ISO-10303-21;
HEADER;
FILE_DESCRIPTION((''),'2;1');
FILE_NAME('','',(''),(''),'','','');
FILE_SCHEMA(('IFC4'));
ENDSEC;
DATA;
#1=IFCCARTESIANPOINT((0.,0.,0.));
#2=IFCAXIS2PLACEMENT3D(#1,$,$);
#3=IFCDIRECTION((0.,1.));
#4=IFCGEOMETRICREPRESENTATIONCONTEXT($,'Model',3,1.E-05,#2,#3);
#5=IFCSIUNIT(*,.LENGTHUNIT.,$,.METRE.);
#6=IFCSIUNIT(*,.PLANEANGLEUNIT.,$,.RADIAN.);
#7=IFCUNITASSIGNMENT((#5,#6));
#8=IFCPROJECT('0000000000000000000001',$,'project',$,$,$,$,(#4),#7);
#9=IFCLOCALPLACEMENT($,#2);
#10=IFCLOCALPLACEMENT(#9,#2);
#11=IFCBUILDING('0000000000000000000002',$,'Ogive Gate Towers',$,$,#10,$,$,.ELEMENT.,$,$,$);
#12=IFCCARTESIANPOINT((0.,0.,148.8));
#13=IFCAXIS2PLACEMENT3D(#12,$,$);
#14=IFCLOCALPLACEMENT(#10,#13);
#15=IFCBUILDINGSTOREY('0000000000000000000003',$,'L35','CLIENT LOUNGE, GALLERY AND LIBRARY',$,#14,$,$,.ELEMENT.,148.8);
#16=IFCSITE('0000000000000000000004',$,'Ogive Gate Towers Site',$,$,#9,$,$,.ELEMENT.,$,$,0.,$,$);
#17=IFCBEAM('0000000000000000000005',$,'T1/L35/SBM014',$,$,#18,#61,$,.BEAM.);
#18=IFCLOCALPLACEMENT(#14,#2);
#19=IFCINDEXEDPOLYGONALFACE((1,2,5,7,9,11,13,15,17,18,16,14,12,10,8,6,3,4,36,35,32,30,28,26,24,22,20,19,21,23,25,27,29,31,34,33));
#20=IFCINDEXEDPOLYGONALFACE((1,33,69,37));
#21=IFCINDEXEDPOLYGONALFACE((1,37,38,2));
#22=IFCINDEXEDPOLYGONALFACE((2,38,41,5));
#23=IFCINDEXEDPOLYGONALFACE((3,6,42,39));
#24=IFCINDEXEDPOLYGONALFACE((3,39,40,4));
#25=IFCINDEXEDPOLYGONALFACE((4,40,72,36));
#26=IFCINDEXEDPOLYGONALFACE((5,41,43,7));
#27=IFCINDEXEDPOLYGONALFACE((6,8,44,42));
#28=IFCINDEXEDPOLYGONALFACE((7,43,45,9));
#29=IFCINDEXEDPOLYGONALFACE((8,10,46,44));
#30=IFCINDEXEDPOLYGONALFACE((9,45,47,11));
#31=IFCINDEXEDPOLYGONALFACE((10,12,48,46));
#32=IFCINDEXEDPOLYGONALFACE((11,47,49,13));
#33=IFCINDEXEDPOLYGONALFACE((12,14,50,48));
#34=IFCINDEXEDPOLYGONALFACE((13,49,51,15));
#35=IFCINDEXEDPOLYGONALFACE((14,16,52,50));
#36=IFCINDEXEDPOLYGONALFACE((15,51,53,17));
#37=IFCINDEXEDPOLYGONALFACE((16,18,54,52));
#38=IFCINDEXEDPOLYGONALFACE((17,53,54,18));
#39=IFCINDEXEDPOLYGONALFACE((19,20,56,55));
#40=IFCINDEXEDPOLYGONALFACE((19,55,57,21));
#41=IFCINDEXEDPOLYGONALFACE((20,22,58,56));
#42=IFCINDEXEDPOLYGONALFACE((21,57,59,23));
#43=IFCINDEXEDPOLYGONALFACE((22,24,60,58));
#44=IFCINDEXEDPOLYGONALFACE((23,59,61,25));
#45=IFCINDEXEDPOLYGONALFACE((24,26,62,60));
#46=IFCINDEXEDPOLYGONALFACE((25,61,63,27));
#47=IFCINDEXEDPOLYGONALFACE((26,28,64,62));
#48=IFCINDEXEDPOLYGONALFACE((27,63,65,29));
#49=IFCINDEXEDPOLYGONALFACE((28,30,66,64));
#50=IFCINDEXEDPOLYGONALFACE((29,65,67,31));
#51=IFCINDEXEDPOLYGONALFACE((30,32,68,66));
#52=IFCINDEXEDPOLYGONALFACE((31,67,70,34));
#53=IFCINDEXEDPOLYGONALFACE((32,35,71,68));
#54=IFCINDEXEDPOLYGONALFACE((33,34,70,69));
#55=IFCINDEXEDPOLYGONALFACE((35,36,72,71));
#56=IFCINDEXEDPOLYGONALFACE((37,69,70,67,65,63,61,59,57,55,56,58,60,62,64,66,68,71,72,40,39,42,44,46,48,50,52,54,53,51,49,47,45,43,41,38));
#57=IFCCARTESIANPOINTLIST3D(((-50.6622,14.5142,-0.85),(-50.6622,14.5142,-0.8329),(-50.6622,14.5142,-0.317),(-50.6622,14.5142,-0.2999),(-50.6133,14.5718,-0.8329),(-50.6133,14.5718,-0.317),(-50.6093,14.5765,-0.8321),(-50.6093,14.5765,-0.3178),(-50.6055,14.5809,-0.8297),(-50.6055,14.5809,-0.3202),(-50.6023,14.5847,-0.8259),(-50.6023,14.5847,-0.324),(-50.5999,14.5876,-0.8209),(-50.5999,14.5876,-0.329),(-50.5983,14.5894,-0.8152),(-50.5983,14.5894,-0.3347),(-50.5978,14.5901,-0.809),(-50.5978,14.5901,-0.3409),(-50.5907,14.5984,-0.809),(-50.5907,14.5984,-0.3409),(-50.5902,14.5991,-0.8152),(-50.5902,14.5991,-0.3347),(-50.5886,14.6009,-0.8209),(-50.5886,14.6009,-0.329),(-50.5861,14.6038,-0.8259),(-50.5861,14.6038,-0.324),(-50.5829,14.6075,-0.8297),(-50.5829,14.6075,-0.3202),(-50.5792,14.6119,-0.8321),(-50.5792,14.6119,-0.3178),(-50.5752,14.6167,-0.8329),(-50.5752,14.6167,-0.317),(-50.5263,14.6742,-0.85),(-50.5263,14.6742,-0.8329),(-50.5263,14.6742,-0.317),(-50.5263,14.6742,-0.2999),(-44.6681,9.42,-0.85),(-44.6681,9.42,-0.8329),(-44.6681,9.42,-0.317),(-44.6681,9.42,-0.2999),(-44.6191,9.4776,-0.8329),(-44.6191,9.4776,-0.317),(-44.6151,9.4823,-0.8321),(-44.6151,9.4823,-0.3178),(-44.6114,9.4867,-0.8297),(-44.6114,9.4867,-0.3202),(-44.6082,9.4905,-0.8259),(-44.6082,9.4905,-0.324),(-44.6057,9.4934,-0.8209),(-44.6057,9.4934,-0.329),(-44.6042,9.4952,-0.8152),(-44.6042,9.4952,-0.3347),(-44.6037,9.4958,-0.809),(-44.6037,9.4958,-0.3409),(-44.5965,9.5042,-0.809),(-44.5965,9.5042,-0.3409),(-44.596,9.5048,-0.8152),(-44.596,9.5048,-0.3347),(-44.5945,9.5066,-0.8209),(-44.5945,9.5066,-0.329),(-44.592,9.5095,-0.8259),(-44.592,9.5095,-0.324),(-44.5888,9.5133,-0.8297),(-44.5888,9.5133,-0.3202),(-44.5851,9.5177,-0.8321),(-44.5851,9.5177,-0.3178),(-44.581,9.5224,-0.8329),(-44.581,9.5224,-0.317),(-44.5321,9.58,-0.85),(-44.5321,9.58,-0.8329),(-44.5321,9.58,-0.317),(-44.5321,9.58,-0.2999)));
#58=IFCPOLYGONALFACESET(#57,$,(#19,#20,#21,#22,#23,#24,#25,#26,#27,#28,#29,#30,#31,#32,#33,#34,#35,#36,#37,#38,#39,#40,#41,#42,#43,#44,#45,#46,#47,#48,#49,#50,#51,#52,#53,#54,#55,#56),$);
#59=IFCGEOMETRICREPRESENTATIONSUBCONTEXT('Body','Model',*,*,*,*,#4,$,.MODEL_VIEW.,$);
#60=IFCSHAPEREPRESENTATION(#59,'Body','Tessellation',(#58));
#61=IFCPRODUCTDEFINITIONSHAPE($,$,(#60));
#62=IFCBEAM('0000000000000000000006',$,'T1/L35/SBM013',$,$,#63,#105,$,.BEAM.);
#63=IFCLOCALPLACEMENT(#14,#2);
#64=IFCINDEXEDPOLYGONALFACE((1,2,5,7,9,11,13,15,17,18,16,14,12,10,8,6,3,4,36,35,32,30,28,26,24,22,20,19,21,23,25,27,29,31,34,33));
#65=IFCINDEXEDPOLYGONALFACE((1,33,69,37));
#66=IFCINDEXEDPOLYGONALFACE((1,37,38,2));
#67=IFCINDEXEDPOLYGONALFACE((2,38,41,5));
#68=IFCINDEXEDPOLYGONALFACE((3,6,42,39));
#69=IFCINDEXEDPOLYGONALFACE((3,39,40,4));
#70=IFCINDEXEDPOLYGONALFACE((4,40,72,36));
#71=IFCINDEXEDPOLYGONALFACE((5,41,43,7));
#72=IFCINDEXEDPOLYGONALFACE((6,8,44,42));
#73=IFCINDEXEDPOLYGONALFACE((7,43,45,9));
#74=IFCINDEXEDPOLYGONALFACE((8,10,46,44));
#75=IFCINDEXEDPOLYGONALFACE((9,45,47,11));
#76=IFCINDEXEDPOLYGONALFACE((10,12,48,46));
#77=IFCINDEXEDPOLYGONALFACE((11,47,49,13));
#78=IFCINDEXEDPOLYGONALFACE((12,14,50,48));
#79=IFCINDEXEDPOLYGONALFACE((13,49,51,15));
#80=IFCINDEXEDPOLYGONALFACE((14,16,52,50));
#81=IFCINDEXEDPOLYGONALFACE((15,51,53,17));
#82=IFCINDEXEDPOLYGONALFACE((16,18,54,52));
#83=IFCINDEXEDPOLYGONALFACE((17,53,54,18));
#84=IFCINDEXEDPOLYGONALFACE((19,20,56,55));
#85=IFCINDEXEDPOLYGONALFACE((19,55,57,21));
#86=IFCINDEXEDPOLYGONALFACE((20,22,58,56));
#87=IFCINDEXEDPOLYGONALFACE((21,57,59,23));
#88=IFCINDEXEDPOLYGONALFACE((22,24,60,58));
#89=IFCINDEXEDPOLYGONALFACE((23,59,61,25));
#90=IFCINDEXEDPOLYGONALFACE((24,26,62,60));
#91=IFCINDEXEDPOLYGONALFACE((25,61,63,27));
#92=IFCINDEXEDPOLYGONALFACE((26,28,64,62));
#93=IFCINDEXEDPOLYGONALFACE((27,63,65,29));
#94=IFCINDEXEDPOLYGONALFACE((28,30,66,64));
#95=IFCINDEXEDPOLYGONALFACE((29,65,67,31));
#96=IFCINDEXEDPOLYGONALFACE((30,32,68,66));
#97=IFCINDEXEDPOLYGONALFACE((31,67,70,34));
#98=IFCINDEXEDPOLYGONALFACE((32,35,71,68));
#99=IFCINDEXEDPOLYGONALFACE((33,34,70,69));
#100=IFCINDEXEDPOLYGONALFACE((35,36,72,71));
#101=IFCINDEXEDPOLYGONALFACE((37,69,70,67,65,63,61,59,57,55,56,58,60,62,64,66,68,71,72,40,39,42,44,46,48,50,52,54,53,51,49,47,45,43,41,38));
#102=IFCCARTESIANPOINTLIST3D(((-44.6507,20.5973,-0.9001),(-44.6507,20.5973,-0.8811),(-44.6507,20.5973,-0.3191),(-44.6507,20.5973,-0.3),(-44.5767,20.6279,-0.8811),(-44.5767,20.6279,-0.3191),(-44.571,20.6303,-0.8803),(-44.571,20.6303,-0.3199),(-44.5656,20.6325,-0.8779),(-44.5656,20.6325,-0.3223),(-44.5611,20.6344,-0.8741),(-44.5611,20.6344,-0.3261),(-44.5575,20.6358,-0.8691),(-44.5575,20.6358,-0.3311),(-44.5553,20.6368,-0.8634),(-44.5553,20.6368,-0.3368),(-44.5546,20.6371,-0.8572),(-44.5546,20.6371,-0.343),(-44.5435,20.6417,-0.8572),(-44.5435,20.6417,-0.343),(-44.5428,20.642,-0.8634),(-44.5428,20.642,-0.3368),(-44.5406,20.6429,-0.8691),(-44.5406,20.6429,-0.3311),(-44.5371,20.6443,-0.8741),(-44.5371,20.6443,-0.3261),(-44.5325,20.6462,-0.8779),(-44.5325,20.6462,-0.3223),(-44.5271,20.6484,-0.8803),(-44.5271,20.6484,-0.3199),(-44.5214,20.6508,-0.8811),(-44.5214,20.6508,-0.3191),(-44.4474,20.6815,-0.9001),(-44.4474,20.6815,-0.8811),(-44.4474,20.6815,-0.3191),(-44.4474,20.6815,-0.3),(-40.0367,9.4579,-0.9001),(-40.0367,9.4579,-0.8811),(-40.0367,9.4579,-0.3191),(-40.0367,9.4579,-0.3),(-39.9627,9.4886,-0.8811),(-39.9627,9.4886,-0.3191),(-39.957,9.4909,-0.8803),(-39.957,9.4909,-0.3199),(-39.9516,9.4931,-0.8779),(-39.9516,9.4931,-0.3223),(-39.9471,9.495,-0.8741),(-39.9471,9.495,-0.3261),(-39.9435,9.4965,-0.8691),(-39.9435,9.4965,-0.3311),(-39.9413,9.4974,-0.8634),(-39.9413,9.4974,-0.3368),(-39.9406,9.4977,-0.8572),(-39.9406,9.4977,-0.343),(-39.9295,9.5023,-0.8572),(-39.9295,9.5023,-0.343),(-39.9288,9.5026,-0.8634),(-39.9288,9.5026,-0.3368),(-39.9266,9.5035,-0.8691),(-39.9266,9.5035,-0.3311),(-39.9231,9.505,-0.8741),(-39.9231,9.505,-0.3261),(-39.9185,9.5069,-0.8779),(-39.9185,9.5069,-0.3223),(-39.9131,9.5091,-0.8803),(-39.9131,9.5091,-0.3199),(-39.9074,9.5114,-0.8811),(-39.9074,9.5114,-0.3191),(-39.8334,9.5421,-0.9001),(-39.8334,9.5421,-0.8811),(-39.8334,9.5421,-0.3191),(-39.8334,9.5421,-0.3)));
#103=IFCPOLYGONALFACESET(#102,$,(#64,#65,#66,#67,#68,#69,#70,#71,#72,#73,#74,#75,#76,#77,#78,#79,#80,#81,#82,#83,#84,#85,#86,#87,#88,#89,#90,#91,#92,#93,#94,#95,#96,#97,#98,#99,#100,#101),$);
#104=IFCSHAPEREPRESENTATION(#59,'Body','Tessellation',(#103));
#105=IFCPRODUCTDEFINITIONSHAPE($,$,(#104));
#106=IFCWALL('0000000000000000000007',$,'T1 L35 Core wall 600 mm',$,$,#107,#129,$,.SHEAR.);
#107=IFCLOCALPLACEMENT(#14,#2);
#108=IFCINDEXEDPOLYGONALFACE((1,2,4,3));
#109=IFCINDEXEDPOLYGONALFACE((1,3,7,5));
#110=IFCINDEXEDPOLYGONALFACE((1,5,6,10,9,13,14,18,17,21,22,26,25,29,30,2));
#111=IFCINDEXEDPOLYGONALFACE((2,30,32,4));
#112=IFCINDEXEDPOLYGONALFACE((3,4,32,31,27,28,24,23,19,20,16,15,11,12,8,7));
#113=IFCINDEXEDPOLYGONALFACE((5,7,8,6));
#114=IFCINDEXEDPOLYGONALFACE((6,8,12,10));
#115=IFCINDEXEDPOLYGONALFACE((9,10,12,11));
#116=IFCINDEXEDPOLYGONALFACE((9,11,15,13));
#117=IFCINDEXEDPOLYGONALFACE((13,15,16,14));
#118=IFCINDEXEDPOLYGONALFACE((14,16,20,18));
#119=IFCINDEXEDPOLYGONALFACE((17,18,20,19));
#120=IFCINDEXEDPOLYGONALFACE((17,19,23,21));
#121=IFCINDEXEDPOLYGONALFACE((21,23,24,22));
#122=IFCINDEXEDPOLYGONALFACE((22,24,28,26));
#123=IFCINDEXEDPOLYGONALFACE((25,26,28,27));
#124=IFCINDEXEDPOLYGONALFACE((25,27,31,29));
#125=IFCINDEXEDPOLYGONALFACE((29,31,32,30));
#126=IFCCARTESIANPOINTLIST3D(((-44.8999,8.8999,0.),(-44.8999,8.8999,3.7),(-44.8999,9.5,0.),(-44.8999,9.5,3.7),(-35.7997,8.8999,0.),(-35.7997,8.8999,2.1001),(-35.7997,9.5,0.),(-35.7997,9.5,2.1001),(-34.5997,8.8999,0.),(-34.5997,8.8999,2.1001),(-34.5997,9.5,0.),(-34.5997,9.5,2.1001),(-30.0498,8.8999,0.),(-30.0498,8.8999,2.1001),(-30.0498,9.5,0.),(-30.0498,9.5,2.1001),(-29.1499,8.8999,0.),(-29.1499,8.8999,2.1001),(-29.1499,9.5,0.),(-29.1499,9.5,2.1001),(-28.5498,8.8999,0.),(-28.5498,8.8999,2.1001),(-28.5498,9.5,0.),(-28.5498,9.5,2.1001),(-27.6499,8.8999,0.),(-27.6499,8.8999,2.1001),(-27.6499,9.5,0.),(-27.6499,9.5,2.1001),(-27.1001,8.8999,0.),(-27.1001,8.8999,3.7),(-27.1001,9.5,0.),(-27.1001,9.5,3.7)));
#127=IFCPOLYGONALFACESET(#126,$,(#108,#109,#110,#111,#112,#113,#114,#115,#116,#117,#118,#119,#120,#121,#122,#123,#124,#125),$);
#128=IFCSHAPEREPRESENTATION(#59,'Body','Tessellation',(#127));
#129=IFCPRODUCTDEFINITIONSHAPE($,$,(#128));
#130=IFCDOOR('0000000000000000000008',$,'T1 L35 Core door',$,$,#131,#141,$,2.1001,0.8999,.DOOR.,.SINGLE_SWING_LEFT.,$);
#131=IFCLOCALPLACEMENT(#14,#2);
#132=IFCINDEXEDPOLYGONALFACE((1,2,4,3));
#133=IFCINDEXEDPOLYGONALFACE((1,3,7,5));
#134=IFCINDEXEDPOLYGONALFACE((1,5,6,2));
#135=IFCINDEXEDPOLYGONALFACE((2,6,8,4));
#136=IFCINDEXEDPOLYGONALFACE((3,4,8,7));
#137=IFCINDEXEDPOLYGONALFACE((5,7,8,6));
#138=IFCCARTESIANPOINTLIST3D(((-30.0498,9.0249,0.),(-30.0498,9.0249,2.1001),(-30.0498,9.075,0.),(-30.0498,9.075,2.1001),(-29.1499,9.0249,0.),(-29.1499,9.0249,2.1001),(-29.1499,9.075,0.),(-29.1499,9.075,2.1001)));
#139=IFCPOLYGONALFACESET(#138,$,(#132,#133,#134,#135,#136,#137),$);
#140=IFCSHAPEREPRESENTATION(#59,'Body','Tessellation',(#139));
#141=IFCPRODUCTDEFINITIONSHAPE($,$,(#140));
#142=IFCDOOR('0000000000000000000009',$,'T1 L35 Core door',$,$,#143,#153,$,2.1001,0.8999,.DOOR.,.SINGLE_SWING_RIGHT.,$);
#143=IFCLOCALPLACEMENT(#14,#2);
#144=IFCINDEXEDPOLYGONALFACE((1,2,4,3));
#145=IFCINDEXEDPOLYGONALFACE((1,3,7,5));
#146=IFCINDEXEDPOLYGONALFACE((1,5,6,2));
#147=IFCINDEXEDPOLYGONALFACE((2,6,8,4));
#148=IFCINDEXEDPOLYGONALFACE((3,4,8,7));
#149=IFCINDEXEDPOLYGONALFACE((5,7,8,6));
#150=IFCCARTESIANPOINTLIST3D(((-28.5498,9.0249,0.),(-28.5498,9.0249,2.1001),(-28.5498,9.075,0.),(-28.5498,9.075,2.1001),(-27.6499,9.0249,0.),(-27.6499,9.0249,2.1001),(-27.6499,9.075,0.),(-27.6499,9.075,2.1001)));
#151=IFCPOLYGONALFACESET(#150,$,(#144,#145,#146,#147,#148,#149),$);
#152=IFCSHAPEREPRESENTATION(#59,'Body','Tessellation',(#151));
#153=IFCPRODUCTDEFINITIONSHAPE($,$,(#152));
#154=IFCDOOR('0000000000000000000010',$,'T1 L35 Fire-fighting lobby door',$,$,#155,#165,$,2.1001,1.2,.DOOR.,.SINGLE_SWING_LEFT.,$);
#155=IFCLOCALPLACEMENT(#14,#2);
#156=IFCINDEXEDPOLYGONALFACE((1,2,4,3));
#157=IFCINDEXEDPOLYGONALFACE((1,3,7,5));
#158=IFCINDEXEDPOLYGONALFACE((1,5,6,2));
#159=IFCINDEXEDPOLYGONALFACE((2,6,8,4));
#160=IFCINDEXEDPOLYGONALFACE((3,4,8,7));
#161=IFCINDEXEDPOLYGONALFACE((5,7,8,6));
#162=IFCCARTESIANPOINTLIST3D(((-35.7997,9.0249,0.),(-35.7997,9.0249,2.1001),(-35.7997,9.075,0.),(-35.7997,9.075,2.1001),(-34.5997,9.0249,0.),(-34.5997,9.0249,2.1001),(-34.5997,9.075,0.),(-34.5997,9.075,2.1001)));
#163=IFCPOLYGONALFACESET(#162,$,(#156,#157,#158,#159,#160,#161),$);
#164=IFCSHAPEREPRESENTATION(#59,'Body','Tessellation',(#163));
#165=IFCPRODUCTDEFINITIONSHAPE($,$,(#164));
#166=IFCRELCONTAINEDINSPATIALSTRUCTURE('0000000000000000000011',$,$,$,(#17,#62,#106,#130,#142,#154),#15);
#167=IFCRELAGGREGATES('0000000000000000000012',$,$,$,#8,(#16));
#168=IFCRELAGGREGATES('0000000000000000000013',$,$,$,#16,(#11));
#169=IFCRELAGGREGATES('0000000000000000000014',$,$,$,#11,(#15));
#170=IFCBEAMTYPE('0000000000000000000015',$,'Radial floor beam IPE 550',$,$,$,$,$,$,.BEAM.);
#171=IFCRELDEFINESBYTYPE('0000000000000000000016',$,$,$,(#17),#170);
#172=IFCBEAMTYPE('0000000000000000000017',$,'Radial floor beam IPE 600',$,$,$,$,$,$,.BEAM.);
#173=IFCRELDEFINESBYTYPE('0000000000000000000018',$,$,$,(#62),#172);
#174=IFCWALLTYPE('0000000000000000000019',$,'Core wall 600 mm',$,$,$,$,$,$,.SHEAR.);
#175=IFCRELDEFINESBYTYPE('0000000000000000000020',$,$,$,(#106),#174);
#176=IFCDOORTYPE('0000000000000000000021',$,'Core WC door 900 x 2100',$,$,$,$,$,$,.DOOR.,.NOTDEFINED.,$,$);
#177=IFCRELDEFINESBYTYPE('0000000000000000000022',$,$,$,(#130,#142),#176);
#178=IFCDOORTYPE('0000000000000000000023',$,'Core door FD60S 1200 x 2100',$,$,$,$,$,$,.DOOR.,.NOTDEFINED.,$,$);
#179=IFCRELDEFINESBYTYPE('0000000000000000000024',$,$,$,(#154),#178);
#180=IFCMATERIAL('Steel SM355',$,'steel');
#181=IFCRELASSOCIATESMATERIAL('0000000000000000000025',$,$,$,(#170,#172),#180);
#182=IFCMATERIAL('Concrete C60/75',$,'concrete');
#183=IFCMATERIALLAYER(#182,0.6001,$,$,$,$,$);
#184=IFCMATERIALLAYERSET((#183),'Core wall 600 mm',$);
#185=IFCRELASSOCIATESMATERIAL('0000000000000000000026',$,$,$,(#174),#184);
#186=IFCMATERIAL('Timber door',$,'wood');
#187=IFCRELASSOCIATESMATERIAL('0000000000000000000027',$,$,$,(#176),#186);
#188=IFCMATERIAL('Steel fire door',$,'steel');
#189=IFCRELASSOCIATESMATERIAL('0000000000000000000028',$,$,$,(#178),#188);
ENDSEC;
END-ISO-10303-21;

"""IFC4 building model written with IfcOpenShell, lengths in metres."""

from ifc_helpers import new_model, si_unit, direction, frame, frame_2d, origin, origin_2d, place, context, subcontext, project, spatial, rectangle, i_section, extrude, material, layer, layer_set, material_profile, profile_set, type_object, element, fill, save


model = new_model("IFC4")

# Units and contexts
model_context = context("Model", 3, precision=1e-05, world=origin(), true_north=direction((0.0, 1.0)))
body_context = subcontext(model_context, "Body", "Model", "MODEL_VIEW")
ifc_project = project(units=[si_unit("LENGTHUNIT", "METRE"), si_unit("PLANEANGLEUNIT", "RADIAN")], contexts=[model_context])

# Site, building, storey
site_placement = place(None, origin())
site = spatial("IfcSite", under=ifc_project, at=site_placement, Name="Ogive Gate Towers Site", CompositionType="ELEMENT", RefElevation=0.0)
building_placement = place(site_placement, origin())
building = spatial("IfcBuilding", under=site, at=building_placement, Name="Ogive Gate Towers", CompositionType="ELEMENT")
storey_placement = place(building_placement, frame((0.0, 0.0, 148.8)))
storey = spatial("IfcBuildingStorey", under=building, at=storey_placement, Name="L35", Description="CLIENT LOUNGE, GALLERY AND LIBRARY", CompositionType="ELEMENT", Elevation=148.8)

# Beams
ifc_material_1 = material(Name="Steel SM355", Category="steel")
ifc_material_profile_1 = material_profile(ifc_material_1, i_section(OverallWidth=0.21, OverallDepth=0.55, WebThickness=0.011, FlangeThickness=0.0171, FilletRadius=0.0239, at=origin_2d()), Name="IPE 550")
ifc_profile_set_1 = profile_set([ifc_material_profile_1], Name="Steel SM355")
beam_type_1 = type_object("IfcBeamType", Name="Radial floor beam IPE 550", PredefinedType="BEAM", material=ifc_profile_set_1)
beam_1_placement = place(storey_placement, frame((-44.6001, 9.5, -0.575), z_axis=(-0.761988, 0.647591, 0.0), x_axis=(-0.647591, -0.761988, 0.0)))
element("IfcBeam", 1, at=beam_1_placement, inside=storey, type_object=beam_type_1, Name="T1/L35/SBM014", PredefinedType="BEAM", context=body_context, shape_type="SweptSolid", body=[
    extrude(i_section(OverallWidth=0.21, OverallDepth=0.55, WebThickness=0.011, FlangeThickness=0.0171, FilletRadius=0.0239, at=origin_2d()), origin(), (0.0, 0.0, 1.0), 7.8665),
])
ifc_material_profile_2 = material_profile(ifc_material_1, i_section(OverallWidth=0.22, OverallDepth=0.6001, WebThickness=0.012, FlangeThickness=0.019, FilletRadius=0.0239, at=origin_2d()), Name="IPE 600")
ifc_profile_set_2 = profile_set([ifc_material_profile_2], Name="Steel SM355")
beam_type_2 = type_object("IfcBeamType", Name="Radial floor beam IPE 600", PredefinedType="BEAM", material=ifc_profile_set_2)
beam_2_placement = place(storey_placement, frame((-39.9351, 9.5, -0.6001), z_axis=(-0.382678, 0.923882, 0.0), x_axis=(-0.923882, -0.382678, 0.0)))
element("IfcBeam", 2, at=beam_2_placement, inside=storey, type_object=beam_type_2, Name="T1/L35/SBM013", PredefinedType="BEAM", context=body_context, shape_type="SweptSolid", body=[
    extrude(i_section(OverallWidth=0.22, OverallDepth=0.6001, WebThickness=0.012, FlangeThickness=0.019, FilletRadius=0.0239, at=origin_2d()), origin(), (0.0, 0.0, 1.0), 12.0571),
])

# Wall, openings, doors
ifc_material_2 = material(Name="Concrete C60/75", Category="concrete")
ifc_layer_1 = layer(ifc_material_2, 0.6001)
ifc_layer_set_1 = layer_set([ifc_layer_1], Name="Core wall 600 mm")
wall_type_1 = type_object("IfcWallType", Name="Core wall 600 mm", PredefinedType="SHEAR", material=ifc_layer_set_1)
wall_1_placement = place(storey_placement, frame((-44.8999, 9.2, 0.0), z_axis=(0.0, 0.0, 1.0), x_axis=(1.0, 0.0, 0.0)))
wall_1 = element("IfcWall", 3, at=wall_1_placement, inside=storey, type_object=wall_type_1, Name="T1 L35 Core wall 600 mm", PredefinedType="SHEAR", context=body_context, shape_type="SweptSolid", body=[
    extrude(rectangle(XDim=17.7998, YDim=0.6001, at=frame_2d((8.8999, 0.0))), origin(), (0.0, 0.0, 1.0), 3.7),
])
opening_1_placement = place(wall_1_placement, frame((9.1001, 0.0, 0.0)))
opening_1 = element("IfcOpeningElement", 4, at=opening_1_placement, cuts=wall_1, PredefinedType="OPENING", context=body_context, shape_type="SweptSolid", body=[
    extrude(rectangle(XDim=1.2, YDim=2.1001, at=frame_2d((0.6001, 1.05))), frame((0.0, 0.3101, 0.0), z_axis=(0.0, -1.0, 0.0), x_axis=(1.0, 0.0, 0.0)), (0.0, 0.0, 1.0), 0.6201),
])
opening_2_placement = place(wall_1_placement, frame((14.8501, 0.0, 0.0)))
opening_2 = element("IfcOpeningElement", 5, at=opening_2_placement, cuts=wall_1, PredefinedType="OPENING", context=body_context, shape_type="SweptSolid", body=[
    extrude(rectangle(XDim=0.8999, YDim=2.1001, at=frame_2d((0.45, 1.05))), frame((0.0, 0.3101, 0.0), z_axis=(0.0, -1.0, 0.0), x_axis=(1.0, 0.0, 0.0)), (0.0, 0.0, 1.0), 0.6201),
])
opening_3_placement = place(wall_1_placement, frame((16.3501, 0.0, 0.0)))
opening_3 = element("IfcOpeningElement", 6, at=opening_3_placement, cuts=wall_1, PredefinedType="OPENING", context=body_context, shape_type="SweptSolid", body=[
    extrude(rectangle(XDim=0.8999, YDim=2.1001, at=frame_2d((0.45, 1.05))), frame((0.0, 0.3101, 0.0), z_axis=(0.0, -1.0, 0.0), x_axis=(1.0, 0.0, 0.0)), (0.0, 0.0, 1.0), 0.6201),
])
ifc_material_3 = material(Name="Timber door", Category="wood")
door_type_1 = type_object("IfcDoorType", Name="Core WC door 900 x 2100", OperationType="NOTDEFINED", PredefinedType="DOOR", material=ifc_material_3)
door_1_placement = place(opening_2_placement, origin())
door_1 = element("IfcDoor", 7, at=door_1_placement, inside=storey, type_object=door_type_1, Name="T1 L35 Core door", OperationType="SINGLE_SWING_LEFT", OverallHeight=2.1001, OverallWidth=0.8999, PredefinedType="DOOR", context=body_context, shape_type="SweptSolid", body=[
    extrude(rectangle(XDim=0.8999, YDim=2.1001, at=frame_2d((0.45, 1.05))), frame((0.0, -0.125, 0.0), z_axis=(0.0, -1.0, 0.0), x_axis=(1.0, 0.0, 0.0)), (0.0, 0.0, 1.0), 0.05),
])
fill(opening_2, door_1)
door_2_placement = place(opening_3_placement, origin())
door_2 = element("IfcDoor", 8, at=door_2_placement, inside=storey, type_object=door_type_1, Name="T1 L35 Core door", OperationType="SINGLE_SWING_RIGHT", OverallHeight=2.1001, OverallWidth=0.8999, PredefinedType="DOOR", context=body_context, shape_type="SweptSolid", body=[
    extrude(rectangle(XDim=0.8999, YDim=2.1001, at=frame_2d((0.45, 1.05))), frame((0.0, -0.125, 0.0), z_axis=(0.0, -1.0, 0.0), x_axis=(1.0, 0.0, 0.0)), (0.0, 0.0, 1.0), 0.05),
])
fill(opening_3, door_2)
ifc_material_4 = material(Name="Steel fire door", Category="steel")
door_type_2 = type_object("IfcDoorType", Name="Core door FD60S 1200 x 2100", OperationType="NOTDEFINED", PredefinedType="DOOR", material=ifc_material_4)
door_3_placement = place(opening_1_placement, origin())
door_3 = element("IfcDoor", 9, at=door_3_placement, inside=storey, type_object=door_type_2, Name="T1 L35 Fire-fighting lobby door", OperationType="SINGLE_SWING_LEFT", OverallHeight=2.1001, OverallWidth=1.2, PredefinedType="DOOR", context=body_context, shape_type="SweptSolid", body=[
    extrude(rectangle(XDim=1.2, YDim=2.1001, at=frame_2d((0.6001, 1.05))), frame((0.0, -0.125, 0.0), z_axis=(0.0, -1.0, 0.0), x_axis=(1.0, 0.0, 0.0)), (0.0, 0.0, 1.0), 0.05),
])
fill(opening_1, door_3)

save(model, "model.ifc")
